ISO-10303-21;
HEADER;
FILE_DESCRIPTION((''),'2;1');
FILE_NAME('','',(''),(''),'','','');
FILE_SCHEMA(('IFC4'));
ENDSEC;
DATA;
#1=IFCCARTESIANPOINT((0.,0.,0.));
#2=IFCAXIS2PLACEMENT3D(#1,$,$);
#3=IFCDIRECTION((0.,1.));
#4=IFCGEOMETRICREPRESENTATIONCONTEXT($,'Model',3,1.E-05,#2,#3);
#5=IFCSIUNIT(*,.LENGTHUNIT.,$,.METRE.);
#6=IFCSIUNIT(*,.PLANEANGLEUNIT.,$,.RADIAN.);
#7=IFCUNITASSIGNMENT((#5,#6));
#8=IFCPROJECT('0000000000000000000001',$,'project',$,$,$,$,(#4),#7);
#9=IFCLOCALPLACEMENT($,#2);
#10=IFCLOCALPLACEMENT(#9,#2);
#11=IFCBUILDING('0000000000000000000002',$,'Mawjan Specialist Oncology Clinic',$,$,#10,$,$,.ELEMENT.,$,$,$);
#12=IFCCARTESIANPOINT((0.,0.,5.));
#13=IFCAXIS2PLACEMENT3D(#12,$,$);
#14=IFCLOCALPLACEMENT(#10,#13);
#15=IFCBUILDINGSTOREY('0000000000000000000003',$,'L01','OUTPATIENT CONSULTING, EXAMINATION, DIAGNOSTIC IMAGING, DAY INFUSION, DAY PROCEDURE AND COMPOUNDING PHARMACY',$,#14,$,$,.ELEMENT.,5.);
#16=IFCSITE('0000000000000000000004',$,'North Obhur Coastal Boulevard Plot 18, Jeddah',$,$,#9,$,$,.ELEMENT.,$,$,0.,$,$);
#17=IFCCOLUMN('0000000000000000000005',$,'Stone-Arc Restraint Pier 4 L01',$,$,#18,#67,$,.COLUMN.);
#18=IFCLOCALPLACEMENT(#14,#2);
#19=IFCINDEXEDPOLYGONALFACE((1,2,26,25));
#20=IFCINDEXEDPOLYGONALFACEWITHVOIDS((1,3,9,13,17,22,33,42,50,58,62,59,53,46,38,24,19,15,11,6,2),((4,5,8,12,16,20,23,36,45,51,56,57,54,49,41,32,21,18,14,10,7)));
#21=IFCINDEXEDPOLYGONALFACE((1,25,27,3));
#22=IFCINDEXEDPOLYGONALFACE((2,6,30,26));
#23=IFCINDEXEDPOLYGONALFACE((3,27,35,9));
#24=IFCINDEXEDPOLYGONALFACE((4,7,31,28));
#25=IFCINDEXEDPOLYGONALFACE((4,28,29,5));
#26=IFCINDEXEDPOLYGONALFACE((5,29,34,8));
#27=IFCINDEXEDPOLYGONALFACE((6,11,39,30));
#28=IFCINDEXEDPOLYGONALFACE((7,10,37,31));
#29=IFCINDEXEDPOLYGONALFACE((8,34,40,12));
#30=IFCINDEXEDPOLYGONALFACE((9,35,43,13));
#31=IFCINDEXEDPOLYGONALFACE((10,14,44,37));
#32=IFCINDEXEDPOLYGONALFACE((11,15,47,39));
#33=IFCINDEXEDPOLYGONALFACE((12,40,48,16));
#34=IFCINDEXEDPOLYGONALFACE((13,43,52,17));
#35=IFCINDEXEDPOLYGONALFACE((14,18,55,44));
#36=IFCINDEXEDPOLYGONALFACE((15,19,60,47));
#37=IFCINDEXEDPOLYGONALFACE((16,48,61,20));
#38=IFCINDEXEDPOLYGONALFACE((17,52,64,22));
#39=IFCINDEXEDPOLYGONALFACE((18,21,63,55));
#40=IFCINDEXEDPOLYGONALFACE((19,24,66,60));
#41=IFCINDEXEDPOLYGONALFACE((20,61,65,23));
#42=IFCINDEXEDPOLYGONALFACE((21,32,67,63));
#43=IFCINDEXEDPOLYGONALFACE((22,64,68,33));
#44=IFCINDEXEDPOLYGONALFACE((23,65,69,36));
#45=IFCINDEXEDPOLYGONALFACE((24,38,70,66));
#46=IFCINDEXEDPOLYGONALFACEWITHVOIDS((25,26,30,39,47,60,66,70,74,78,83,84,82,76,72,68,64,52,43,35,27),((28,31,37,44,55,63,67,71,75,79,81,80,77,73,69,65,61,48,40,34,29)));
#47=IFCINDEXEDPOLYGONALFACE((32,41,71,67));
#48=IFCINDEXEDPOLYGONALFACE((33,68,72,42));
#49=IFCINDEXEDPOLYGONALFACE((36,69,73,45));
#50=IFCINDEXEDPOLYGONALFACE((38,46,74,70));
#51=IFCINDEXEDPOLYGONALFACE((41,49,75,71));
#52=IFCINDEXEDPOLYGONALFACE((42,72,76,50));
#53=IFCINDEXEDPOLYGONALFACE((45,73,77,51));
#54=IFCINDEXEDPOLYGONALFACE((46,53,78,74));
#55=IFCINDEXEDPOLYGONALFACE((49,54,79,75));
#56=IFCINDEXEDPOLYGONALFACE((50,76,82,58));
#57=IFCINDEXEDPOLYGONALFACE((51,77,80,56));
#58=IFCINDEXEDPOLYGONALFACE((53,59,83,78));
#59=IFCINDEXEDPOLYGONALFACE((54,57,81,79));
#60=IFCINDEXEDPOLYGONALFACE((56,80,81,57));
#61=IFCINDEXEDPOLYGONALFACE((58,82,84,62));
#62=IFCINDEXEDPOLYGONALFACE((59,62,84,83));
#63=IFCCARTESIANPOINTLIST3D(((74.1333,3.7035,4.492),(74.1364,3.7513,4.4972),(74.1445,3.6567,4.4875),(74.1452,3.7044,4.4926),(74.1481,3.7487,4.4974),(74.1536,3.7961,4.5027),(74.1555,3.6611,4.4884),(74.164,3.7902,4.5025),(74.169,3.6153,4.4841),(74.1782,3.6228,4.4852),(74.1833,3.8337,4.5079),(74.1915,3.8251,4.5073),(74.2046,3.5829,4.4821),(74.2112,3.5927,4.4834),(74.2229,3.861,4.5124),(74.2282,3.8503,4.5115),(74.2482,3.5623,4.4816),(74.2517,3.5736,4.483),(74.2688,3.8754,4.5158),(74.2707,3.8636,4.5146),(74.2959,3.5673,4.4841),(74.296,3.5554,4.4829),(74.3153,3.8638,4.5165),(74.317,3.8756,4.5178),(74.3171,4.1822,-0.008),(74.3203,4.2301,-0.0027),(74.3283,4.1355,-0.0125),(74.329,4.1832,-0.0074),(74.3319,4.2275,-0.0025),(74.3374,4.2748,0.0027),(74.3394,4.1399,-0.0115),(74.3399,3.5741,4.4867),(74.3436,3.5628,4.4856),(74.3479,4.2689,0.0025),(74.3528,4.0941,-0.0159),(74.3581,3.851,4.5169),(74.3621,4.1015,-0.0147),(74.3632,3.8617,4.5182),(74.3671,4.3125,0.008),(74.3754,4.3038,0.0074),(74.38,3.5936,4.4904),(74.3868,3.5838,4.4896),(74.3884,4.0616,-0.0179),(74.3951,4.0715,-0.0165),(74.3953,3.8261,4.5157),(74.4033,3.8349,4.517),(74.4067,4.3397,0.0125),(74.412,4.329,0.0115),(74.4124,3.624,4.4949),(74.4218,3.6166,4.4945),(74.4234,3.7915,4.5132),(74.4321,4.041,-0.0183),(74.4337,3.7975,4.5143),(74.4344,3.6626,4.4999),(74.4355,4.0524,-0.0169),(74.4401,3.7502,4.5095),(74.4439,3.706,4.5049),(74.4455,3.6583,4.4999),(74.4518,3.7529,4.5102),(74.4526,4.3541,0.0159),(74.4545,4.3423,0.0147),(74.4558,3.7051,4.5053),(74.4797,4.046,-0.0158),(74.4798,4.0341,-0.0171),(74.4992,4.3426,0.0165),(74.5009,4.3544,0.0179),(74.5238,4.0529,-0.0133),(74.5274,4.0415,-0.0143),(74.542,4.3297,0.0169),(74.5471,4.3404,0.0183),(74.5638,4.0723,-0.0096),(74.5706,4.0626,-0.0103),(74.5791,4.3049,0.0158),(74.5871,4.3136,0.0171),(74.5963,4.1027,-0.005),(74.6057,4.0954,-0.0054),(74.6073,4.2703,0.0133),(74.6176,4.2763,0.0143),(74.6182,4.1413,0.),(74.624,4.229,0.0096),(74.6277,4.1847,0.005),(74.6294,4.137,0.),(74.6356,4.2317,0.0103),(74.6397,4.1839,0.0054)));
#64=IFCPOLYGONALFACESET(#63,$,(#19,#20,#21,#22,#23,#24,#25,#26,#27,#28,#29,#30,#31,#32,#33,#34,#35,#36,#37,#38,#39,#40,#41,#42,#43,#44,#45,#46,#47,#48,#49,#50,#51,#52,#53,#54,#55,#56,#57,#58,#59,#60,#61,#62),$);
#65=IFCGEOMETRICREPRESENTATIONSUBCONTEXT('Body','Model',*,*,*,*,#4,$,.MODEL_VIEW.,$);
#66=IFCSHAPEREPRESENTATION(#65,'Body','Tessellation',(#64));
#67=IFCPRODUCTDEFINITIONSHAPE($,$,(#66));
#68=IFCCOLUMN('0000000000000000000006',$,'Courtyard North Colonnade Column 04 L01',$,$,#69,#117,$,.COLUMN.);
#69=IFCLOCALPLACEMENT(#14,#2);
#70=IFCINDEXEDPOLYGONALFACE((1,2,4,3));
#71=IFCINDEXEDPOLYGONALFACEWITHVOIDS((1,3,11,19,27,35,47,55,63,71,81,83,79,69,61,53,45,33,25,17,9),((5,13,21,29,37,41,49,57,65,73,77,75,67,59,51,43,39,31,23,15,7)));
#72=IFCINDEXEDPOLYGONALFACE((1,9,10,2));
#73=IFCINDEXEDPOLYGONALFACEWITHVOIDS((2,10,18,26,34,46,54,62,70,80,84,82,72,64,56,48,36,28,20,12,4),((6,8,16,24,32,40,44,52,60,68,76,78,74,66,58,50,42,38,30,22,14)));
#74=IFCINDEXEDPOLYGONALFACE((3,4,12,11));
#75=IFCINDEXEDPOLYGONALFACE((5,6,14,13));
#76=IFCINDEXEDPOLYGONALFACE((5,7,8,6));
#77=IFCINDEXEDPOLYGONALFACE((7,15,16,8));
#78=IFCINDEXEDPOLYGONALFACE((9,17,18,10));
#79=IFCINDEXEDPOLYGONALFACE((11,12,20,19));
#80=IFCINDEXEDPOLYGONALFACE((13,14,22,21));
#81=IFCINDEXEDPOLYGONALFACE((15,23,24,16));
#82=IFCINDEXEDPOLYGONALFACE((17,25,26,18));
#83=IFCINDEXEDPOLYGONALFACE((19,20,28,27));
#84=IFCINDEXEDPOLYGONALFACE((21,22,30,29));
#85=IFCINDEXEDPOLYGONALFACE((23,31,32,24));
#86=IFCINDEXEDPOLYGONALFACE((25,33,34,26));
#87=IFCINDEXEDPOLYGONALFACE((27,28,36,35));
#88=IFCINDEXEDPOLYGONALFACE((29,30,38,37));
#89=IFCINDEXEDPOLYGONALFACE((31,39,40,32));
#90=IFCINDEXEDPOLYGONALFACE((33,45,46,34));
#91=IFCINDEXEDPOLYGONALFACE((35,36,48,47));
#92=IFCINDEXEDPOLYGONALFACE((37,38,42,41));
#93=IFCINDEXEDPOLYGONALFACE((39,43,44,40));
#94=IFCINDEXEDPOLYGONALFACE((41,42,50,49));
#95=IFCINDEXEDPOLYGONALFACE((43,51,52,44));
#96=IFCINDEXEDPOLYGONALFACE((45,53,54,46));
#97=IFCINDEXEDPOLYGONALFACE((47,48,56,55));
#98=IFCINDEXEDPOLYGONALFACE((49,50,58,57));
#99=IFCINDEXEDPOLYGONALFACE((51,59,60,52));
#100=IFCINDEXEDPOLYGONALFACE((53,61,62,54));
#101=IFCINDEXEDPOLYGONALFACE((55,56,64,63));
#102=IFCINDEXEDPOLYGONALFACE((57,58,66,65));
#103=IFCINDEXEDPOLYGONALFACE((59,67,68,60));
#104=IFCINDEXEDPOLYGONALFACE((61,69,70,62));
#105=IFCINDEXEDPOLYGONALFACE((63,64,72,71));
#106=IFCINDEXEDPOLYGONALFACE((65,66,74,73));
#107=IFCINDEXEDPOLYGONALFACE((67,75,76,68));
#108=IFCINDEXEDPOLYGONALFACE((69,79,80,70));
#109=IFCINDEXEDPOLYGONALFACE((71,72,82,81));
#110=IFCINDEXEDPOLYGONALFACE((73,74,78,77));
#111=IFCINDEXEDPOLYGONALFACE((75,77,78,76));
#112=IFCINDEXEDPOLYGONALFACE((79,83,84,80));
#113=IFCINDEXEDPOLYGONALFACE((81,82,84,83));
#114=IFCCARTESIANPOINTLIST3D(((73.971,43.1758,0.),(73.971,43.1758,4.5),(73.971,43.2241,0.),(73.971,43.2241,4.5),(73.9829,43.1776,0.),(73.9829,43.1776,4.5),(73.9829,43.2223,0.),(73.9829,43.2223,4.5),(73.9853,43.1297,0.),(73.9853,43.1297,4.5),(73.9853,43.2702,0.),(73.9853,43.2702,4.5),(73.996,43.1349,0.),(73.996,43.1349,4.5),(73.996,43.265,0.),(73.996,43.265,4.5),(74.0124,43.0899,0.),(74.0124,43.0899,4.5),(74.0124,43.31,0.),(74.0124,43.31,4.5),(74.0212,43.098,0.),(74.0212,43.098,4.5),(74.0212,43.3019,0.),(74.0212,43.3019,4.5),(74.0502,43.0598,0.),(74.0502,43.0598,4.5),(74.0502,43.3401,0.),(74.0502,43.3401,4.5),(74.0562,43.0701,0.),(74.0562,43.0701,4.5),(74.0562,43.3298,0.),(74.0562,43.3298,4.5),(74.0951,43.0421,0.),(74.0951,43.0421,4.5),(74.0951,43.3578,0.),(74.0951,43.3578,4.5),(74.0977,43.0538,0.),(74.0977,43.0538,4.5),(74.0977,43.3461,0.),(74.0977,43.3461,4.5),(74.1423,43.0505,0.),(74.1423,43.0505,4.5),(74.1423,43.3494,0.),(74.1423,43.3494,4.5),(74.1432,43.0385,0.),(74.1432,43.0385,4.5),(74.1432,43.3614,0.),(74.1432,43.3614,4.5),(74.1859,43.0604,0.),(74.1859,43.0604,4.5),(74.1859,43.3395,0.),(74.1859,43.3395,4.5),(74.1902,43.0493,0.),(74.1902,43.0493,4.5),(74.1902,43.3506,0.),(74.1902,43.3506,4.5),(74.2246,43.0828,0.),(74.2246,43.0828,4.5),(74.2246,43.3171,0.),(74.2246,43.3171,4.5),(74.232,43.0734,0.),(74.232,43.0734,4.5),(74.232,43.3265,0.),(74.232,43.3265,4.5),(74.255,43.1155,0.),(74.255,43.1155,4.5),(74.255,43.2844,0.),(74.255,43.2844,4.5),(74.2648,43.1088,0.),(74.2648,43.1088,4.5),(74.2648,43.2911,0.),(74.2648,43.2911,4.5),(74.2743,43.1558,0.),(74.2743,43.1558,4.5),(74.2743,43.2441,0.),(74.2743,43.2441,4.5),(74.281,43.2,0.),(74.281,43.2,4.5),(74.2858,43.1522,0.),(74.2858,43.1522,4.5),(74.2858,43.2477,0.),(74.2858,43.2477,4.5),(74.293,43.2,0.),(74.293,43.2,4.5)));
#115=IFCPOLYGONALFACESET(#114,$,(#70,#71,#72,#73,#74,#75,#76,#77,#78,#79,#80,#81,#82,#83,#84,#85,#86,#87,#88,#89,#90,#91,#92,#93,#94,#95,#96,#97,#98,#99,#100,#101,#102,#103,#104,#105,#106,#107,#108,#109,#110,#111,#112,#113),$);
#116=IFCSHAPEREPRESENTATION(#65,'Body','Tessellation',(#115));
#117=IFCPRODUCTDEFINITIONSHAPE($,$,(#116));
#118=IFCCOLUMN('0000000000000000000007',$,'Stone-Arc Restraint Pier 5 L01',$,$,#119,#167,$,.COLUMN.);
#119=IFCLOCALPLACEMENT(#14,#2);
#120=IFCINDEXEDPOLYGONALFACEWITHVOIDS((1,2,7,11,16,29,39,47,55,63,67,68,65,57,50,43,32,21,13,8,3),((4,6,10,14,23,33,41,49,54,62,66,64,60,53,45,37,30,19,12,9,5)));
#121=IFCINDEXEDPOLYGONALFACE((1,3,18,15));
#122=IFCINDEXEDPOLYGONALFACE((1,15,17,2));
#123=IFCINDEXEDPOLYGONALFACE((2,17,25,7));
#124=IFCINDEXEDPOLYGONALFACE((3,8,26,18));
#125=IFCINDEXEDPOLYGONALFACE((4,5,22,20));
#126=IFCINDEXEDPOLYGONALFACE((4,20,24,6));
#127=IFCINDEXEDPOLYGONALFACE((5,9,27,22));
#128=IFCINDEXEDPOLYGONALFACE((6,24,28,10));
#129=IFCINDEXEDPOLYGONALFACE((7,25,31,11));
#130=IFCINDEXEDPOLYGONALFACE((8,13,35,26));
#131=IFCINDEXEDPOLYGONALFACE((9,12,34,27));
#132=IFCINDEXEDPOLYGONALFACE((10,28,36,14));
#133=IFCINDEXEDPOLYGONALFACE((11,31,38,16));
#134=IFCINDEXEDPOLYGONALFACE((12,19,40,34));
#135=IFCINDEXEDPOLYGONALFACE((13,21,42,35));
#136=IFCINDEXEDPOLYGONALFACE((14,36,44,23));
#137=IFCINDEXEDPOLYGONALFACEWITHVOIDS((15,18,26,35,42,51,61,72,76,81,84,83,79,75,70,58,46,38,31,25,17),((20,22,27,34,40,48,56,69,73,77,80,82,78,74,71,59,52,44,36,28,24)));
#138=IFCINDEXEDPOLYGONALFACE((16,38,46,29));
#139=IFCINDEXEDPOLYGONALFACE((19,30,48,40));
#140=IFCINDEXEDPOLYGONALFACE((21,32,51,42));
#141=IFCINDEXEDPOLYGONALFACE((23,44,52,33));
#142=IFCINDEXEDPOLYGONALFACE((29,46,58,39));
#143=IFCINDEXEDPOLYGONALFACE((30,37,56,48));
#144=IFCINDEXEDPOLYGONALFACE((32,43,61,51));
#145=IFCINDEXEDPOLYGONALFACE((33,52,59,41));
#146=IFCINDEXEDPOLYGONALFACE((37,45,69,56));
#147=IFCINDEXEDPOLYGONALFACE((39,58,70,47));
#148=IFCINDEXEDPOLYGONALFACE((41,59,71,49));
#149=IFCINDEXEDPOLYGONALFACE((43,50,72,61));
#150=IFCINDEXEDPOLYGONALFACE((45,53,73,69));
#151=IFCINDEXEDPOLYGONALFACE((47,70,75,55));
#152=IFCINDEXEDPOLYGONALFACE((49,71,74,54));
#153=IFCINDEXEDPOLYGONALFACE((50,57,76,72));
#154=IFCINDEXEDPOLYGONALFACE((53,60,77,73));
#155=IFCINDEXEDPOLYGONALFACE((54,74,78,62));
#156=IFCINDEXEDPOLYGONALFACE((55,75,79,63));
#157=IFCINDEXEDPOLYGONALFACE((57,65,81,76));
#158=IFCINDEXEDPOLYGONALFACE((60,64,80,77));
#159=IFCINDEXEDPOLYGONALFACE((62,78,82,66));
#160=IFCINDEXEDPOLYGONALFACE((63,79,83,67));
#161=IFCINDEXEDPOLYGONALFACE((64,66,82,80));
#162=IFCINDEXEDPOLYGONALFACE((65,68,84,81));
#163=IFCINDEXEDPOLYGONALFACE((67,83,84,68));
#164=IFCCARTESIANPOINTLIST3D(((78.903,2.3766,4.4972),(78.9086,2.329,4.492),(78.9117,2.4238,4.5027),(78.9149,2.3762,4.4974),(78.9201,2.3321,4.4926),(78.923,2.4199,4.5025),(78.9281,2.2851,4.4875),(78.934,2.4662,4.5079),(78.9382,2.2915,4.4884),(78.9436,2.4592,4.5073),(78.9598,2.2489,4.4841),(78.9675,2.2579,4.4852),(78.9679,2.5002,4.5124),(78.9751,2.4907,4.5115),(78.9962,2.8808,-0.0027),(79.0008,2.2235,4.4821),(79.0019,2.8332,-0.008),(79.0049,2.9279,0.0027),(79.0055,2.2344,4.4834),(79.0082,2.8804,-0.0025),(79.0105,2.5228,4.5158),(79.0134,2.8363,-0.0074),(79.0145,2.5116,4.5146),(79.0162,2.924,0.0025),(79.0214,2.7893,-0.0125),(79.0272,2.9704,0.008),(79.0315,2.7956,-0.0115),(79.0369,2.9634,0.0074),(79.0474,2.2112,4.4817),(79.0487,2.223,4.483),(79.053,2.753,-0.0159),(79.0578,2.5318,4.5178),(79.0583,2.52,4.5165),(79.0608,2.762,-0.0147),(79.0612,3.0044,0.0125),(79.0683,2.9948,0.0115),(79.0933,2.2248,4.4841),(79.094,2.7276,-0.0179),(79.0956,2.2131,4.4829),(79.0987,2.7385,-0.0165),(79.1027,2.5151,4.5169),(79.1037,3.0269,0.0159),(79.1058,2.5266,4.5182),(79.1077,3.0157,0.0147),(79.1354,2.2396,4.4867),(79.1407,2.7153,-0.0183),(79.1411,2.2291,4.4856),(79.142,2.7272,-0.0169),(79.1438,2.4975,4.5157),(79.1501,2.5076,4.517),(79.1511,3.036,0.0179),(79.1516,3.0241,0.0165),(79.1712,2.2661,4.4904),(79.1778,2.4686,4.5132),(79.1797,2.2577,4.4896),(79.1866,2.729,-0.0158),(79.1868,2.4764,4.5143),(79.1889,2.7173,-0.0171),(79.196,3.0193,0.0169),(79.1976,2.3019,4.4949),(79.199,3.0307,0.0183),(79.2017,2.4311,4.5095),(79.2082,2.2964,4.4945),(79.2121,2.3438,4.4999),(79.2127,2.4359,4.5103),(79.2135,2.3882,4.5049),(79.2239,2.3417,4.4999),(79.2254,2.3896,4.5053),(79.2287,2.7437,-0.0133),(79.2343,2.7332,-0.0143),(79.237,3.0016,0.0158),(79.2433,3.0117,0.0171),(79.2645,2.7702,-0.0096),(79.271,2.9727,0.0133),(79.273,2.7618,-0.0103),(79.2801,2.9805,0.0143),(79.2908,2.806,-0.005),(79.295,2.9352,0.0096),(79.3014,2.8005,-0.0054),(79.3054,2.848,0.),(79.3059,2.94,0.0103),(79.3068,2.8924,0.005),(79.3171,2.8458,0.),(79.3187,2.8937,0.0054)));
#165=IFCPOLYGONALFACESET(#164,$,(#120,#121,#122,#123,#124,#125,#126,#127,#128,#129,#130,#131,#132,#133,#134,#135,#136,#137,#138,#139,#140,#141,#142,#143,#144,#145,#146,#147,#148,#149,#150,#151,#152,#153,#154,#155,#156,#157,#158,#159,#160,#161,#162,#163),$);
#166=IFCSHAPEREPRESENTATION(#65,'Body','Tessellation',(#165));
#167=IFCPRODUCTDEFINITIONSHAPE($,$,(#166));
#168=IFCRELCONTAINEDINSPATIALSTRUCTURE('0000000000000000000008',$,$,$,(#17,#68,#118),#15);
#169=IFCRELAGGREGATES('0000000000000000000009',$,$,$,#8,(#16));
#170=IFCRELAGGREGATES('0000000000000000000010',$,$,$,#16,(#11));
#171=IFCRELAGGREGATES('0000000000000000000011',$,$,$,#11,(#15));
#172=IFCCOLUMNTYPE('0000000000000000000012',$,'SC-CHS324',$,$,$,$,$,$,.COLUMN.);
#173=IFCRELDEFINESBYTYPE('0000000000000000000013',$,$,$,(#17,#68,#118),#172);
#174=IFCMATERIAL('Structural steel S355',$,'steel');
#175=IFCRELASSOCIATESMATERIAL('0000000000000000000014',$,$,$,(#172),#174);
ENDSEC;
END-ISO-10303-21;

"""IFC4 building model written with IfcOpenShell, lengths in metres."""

from ifc_helpers import new_model, si_unit, direction, frame, origin, origin_2d, place, context, subcontext, project, spatial, hollow_circle, extrude, material, material_profile, profile_set, type_object, element, save


model = new_model("IFC4")

# Units and contexts
model_context = context("Model", 3, precision=1e-05, world=origin(), true_north=direction((0.0, 1.0)))
body_context = subcontext(model_context, "Body", "Model", "MODEL_VIEW")
ifc_project = project(units=[si_unit("LENGTHUNIT", "METRE"), si_unit("PLANEANGLEUNIT", "RADIAN")], contexts=[model_context])

# Site, building, storey
site_placement = place(None, origin())
site = spatial("IfcSite", under=ifc_project, at=site_placement, Name="North Obhur Coastal Boulevard Plot 18, Jeddah", CompositionType="ELEMENT", RefElevation=0.0)
building_placement = place(site_placement, origin())
building = spatial("IfcBuilding", under=site, at=building_placement, Name="Mawjan Specialist Oncology Clinic", CompositionType="ELEMENT")
storey_placement = place(building_placement, frame((0.0, 0.0, 5.0)))
storey = spatial("IfcBuildingStorey", under=building, at=storey_placement, Name="L01", Description="OUTPATIENT CONSULTING, EXAMINATION, DIAGNOSTIC IMAGING, DAY INFUSION, DAY PROCEDURE AND COMPOUNDING PHARMACY", CompositionType="ELEMENT", Elevation=5.0)

# Columns
ifc_material_1 = material(Name="Structural steel S355", Category="steel")
ifc_material_profile_1 = material_profile(ifc_material_1, hollow_circle(Radius=0.1619, WallThickness=0.012, at=origin_2d()), Name="CHS 323.9x12", Category="steel")
ifc_profile_set_1 = profile_set([ifc_material_profile_1], Name="Structural steel S355")
column_type_1 = type_object("IfcColumnType", Name="SC-CHS324", PredefinedType="COLUMN", material=ifc_profile_set_1)
column_1_placement = place(storey_placement, frame((74.4783, 4.1951, 0.0), z_axis=(-0.04059, -0.105707, 0.993569), x_axis=(0.933542, -0.358469, 0.0)))
element("IfcColumn", 1, at=column_1_placement, inside=storey, type_object=column_type_1, Name="Stone-Arc Restraint Pier 4 L01", PredefinedType="COLUMN", context=body_context, shape_type="SweptSolid", body=[
    extrude(hollow_circle(Radius=0.1619, WallThickness=0.012, at=origin_2d()), origin(), (0.0, 0.0, 1.0), 4.5291),
])
column_2_placement = place(storey_placement, frame((74.1311, 43.2, 0.0), z_axis=(0.0, 0.0, 1.0), x_axis=(1.0, 0.0, 0.0)))
element("IfcColumn", 2, at=column_2_placement, inside=storey, type_object=column_type_1, Name="Courtyard North Colonnade Column 04 L01", PredefinedType="COLUMN", context=body_context, shape_type="SweptSolid", body=[
    extrude(hollow_circle(Radius=0.1619, WallThickness=0.012, at=origin_2d()), origin(), (0.0, 0.0, 1.0), 4.5),
])
column_3_placement = place(storey_placement, frame((79.158, 2.8752, 0.0), z_axis=(-0.020592, -0.111313, 0.993572), x_axis=(0.983317, -0.181902, 0.0)))
element("IfcColumn", 3, at=column_3_placement, inside=storey, type_object=column_type_1, Name="Stone-Arc Restraint Pier 5 L01", PredefinedType="COLUMN", context=body_context, shape_type="SweptSolid", body=[
    extrude(hollow_circle(Radius=0.1619, WallThickness=0.012, at=origin_2d()), origin(), (0.0, 0.0, 1.0), 4.5291),
])

save(model, "model.ifc")
